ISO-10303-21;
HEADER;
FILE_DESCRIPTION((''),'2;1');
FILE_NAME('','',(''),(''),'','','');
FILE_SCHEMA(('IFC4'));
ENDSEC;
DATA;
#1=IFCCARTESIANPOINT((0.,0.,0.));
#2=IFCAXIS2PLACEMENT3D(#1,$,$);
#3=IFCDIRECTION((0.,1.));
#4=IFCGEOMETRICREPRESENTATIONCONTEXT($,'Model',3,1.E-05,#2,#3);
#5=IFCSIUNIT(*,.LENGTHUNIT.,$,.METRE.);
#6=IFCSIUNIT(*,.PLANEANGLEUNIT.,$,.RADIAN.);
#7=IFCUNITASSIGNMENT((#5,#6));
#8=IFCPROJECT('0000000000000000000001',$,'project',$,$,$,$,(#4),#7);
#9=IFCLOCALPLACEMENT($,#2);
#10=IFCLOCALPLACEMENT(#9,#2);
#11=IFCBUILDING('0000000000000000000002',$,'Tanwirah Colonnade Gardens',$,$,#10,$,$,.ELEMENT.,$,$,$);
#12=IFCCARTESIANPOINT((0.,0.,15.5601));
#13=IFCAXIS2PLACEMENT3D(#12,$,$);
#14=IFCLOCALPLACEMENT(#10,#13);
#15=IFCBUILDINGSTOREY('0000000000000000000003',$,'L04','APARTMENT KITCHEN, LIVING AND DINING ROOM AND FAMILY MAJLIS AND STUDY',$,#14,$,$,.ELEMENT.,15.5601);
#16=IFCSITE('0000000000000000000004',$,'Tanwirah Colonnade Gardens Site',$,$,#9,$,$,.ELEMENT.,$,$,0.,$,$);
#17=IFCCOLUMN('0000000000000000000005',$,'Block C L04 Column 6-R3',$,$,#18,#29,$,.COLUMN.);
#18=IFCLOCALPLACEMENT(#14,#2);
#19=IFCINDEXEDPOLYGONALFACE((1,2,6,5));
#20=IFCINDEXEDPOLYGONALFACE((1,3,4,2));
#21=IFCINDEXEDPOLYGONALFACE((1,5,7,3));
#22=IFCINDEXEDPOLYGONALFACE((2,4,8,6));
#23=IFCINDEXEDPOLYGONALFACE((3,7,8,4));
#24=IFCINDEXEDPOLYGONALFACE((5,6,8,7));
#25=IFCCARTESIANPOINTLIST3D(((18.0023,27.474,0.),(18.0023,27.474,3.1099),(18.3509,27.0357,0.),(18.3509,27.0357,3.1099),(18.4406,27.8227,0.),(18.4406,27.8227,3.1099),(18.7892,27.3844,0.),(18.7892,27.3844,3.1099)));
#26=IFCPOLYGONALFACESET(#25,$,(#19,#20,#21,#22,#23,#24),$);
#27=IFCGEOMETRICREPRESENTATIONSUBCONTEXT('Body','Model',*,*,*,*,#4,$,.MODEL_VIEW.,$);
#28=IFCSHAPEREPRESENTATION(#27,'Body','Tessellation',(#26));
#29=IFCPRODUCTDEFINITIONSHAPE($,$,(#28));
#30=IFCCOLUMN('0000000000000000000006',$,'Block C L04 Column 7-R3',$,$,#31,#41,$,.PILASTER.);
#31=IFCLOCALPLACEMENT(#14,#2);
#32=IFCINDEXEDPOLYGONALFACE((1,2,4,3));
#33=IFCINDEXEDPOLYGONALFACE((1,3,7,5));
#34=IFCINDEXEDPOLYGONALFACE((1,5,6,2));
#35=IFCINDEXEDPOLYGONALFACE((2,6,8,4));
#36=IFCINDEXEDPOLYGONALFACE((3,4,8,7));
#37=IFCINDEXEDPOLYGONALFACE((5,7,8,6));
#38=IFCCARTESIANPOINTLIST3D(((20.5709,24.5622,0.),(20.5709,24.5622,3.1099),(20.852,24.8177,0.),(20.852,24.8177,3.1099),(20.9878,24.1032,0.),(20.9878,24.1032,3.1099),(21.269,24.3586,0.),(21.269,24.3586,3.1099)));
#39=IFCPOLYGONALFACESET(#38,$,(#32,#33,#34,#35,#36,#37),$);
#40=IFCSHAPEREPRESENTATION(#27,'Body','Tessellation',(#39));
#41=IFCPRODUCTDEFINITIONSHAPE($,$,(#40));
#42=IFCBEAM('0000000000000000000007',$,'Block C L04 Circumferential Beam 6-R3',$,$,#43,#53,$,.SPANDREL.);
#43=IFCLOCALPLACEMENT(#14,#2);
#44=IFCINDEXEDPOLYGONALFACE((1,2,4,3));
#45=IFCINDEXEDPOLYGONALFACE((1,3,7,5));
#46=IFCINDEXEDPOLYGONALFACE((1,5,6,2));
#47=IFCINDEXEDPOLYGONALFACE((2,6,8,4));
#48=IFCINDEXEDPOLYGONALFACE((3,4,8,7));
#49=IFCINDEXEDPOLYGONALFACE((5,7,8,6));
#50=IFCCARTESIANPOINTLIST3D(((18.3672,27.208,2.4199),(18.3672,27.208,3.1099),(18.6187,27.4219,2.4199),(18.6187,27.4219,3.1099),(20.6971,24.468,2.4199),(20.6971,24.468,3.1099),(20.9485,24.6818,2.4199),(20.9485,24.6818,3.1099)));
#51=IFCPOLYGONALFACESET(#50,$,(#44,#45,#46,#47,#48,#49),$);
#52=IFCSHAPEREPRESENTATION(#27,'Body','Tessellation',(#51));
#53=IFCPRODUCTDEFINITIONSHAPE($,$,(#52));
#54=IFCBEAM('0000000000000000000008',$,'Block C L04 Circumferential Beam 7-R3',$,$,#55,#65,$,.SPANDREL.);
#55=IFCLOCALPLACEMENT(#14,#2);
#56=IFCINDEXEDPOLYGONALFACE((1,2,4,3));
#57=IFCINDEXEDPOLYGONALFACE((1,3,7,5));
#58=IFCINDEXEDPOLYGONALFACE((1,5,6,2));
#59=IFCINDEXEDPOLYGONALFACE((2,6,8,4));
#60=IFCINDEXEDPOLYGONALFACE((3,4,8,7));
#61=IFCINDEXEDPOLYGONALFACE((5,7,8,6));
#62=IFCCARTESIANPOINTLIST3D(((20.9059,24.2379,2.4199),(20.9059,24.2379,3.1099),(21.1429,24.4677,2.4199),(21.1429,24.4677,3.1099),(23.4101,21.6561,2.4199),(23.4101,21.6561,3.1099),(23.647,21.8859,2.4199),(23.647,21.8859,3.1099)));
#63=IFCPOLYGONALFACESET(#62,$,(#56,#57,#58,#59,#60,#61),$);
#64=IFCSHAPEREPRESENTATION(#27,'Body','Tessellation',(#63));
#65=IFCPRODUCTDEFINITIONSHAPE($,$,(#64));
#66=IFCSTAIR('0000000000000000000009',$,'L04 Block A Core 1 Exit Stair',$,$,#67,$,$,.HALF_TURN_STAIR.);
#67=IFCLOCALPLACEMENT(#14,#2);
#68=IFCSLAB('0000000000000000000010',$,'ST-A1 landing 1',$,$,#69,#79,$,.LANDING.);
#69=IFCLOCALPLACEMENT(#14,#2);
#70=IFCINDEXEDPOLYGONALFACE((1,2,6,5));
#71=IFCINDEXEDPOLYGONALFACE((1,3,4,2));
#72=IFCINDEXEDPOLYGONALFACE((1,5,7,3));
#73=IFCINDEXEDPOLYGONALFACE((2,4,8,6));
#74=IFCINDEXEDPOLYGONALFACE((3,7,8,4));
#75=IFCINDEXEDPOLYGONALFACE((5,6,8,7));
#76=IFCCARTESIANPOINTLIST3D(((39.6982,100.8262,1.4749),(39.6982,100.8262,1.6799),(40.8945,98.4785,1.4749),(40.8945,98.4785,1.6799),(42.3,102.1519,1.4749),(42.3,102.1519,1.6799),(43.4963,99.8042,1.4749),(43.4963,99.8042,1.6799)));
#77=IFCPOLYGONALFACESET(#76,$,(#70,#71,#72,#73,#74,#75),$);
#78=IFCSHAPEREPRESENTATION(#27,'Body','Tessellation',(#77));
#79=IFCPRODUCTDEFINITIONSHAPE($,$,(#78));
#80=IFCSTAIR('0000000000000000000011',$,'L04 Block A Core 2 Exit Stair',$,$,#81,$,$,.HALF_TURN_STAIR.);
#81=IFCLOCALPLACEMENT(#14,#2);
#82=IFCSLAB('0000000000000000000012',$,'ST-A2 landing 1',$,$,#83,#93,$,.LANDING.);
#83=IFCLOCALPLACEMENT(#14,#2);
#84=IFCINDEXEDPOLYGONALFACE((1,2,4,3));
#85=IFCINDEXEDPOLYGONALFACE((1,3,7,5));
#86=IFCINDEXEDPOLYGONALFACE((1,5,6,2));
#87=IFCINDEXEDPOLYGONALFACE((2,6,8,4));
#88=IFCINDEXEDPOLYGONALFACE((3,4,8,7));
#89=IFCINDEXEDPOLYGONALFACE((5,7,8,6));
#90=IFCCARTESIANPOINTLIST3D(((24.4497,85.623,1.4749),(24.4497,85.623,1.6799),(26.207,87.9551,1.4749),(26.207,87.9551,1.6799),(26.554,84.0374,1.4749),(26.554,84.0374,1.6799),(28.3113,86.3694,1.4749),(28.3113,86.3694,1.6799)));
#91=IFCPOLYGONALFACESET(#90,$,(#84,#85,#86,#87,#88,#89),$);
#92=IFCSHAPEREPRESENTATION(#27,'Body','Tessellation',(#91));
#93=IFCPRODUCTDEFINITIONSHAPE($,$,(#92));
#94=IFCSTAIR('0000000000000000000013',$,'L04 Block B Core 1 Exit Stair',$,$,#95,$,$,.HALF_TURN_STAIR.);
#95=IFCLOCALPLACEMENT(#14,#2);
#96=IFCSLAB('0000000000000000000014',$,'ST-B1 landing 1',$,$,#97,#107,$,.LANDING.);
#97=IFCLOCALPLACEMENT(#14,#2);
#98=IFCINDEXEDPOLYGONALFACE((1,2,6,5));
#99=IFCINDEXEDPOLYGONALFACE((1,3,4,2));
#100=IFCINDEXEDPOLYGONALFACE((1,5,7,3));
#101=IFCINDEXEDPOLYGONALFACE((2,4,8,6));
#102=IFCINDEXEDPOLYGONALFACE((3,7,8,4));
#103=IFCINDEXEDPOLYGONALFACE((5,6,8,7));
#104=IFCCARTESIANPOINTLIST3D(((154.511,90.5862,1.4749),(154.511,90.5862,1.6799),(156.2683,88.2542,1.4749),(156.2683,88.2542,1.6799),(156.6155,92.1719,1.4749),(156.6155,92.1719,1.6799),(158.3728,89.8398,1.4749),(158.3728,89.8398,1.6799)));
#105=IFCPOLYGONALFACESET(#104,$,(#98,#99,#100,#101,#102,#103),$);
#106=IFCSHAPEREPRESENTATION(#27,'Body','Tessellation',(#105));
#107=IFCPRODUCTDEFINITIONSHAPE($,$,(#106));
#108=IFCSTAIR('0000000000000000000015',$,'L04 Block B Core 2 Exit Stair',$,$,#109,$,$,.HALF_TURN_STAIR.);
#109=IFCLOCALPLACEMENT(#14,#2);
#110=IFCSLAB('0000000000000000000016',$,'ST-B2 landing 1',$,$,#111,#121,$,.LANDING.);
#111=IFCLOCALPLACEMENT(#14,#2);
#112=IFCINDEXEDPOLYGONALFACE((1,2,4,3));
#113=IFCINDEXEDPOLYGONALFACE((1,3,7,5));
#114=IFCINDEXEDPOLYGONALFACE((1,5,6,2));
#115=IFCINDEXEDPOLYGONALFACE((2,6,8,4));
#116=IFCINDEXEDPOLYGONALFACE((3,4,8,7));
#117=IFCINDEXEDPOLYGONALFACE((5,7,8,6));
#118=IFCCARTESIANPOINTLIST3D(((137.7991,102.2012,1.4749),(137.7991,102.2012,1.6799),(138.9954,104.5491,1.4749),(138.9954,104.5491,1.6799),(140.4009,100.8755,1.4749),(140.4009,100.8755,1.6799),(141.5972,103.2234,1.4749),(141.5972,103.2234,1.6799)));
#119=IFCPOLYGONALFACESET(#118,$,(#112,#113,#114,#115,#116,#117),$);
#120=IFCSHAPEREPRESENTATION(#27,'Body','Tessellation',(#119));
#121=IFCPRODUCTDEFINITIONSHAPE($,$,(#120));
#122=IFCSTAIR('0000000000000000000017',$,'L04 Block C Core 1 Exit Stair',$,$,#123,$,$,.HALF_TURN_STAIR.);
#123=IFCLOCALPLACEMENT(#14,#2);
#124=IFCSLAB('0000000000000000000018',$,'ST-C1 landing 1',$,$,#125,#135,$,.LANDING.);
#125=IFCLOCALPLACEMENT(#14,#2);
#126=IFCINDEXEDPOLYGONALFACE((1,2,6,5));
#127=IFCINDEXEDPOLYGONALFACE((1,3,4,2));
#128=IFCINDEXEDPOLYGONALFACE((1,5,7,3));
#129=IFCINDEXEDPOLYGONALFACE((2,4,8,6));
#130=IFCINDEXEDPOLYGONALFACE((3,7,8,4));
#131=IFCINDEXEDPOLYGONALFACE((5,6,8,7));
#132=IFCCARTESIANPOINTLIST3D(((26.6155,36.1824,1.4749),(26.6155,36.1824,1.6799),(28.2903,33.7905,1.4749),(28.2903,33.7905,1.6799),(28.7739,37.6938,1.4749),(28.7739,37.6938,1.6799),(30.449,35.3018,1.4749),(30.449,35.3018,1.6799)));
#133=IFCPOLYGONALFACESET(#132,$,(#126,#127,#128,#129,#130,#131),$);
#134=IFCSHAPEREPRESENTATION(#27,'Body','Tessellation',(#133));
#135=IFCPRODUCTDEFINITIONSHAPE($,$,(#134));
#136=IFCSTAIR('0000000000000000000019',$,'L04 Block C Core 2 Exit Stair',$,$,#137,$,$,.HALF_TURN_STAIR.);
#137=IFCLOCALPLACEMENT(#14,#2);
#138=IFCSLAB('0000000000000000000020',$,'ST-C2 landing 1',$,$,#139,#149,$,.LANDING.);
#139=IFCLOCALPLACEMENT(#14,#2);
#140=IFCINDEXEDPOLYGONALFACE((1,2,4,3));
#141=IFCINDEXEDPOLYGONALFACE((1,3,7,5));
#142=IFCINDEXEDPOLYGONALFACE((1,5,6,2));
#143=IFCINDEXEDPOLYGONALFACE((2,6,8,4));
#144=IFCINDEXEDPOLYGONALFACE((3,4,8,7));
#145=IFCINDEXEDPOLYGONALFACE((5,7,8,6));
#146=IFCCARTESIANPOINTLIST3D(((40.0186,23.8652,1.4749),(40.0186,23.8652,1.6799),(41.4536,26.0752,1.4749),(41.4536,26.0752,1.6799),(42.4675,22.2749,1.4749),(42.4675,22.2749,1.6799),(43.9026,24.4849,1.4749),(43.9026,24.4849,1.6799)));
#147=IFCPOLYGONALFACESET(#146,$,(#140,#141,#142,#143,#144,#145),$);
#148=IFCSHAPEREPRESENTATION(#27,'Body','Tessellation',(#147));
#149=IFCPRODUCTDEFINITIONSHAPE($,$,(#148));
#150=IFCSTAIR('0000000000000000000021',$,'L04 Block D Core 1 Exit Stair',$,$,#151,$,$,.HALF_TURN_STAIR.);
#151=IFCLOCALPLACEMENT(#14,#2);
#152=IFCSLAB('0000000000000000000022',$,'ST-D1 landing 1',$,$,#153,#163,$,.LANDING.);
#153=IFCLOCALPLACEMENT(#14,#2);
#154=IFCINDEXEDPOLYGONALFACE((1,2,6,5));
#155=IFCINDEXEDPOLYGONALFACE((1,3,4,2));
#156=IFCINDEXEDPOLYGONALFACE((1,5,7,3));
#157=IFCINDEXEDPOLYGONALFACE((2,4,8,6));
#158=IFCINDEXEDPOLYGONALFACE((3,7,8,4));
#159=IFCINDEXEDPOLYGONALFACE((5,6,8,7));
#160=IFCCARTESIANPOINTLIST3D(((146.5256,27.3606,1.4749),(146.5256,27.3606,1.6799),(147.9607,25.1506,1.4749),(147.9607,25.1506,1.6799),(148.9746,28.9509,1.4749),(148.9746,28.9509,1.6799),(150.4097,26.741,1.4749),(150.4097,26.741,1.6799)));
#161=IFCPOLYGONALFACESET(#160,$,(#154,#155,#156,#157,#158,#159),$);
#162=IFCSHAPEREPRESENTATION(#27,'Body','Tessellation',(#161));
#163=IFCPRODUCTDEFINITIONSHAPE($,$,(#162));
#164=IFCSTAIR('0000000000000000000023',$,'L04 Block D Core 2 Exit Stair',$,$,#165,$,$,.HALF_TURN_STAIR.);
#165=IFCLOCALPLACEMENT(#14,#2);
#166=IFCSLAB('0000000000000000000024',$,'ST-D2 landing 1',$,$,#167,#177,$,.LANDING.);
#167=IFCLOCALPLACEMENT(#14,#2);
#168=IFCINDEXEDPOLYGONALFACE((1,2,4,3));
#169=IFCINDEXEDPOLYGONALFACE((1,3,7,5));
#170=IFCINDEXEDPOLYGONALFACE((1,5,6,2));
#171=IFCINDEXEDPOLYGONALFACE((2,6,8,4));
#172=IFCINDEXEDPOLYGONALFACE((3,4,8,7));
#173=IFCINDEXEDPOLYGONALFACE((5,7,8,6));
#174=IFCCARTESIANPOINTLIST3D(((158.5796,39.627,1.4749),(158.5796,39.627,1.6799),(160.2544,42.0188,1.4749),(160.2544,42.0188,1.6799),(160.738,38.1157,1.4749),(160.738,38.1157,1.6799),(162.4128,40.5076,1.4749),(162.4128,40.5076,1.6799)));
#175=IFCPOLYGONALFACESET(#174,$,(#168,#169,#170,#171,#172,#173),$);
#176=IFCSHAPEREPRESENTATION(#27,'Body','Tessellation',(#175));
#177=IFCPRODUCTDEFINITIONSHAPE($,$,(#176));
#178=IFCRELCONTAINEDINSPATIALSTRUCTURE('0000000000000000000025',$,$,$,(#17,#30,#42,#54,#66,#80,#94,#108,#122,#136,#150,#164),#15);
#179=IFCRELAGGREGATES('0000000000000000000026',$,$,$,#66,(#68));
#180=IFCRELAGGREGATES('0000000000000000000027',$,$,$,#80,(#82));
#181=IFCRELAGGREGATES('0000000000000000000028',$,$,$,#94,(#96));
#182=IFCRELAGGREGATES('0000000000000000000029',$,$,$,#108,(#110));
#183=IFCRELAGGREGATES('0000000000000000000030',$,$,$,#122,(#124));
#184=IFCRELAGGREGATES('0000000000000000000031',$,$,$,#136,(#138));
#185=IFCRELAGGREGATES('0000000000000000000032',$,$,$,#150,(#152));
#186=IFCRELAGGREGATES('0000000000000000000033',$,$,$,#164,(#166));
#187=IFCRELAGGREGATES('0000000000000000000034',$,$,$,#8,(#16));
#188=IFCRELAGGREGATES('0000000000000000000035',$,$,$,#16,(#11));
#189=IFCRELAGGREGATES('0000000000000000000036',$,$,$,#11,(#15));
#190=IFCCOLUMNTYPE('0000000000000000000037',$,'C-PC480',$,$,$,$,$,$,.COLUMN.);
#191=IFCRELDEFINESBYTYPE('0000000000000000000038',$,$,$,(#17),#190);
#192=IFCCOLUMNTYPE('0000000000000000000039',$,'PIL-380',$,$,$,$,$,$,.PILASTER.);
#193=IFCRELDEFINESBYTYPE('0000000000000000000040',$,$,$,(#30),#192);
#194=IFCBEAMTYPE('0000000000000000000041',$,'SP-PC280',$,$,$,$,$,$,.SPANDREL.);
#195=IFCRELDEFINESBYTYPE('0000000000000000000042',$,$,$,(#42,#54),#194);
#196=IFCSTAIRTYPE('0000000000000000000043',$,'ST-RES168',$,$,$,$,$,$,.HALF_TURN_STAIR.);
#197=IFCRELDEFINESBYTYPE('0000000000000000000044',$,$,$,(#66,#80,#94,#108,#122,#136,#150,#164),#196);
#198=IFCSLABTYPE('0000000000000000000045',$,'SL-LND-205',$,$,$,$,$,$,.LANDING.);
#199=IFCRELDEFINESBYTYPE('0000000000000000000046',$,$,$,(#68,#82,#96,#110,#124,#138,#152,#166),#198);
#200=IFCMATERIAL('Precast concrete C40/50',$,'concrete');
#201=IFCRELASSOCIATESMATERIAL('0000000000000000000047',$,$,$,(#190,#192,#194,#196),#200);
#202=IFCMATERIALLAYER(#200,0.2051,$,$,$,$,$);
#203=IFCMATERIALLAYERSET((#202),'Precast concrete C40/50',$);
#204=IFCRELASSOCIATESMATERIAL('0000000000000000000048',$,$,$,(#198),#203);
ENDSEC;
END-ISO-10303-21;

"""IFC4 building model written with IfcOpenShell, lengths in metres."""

from ifc_helpers import new_model, si_unit, direction, frame, origin, origin_2d, place, context, subcontext, project, spatial, polyline, rectangle, outline, extrude, material, layer, layer_set, material_profile, profile_set, type_object, element, aggregate, save


model = new_model("IFC4")

# Units and contexts
model_context = context("Model", 3, precision=1e-05, world=origin(), true_north=direction((0.0, 1.0)))
body_context = subcontext(model_context, "Body", "Model", "MODEL_VIEW")
ifc_project = project(units=[si_unit("LENGTHUNIT", "METRE"), si_unit("PLANEANGLEUNIT", "RADIAN")], contexts=[model_context])

# Site, building, storey
site_placement = place(None, origin())
site = spatial("IfcSite", under=ifc_project, at=site_placement, Name="Tanwirah Colonnade Gardens Site", CompositionType="ELEMENT", RefElevation=0.0)
building_placement = place(site_placement, origin())
building = spatial("IfcBuilding", under=site, at=building_placement, Name="Tanwirah Colonnade Gardens", CompositionType="ELEMENT")
storey_placement = place(building_placement, frame((0.0, 0.0, 15.5601)))
storey = spatial("IfcBuildingStorey", under=building, at=storey_placement, Name="L04", Description="APARTMENT KITCHEN, LIVING AND DINING ROOM AND FAMILY MAJLIS AND STUDY", CompositionType="ELEMENT", Elevation=15.5601)

# Columns
ifc_material_1 = material(Name="Precast concrete C40/50", Category="concrete")
ifc_material_profile_1 = material_profile(ifc_material_1, rectangle(XDim=0.5601, YDim=0.5601, at=origin_2d()), Name="PC-COL 560x560")
ifc_profile_set_1 = profile_set([ifc_material_profile_1], Name="Precast concrete C40/50")
column_type_1 = type_object("IfcColumnType", Name="C-PC480", PredefinedType="COLUMN", material=ifc_profile_set_1)
column_1_placement = place(storey_placement, frame((18.3958, 27.4292, 0.0), z_axis=(0.0, 0.0, 1.0), x_axis=(-0.782608, -0.622515, 0.0)))
element("IfcColumn", 1, at=column_1_placement, inside=storey, type_object=column_type_1, Name="Block C L04 Column 6-R3", PredefinedType="COLUMN", context=body_context, shape_type="SweptSolid", body=[
    extrude(rectangle(XDim=0.5601, YDim=0.5601, at=origin_2d()), origin(), (0.0, 0.0, 1.0), 3.1099),
])
ifc_material_profile_2 = material_profile(ifc_material_1, rectangle(XDim=0.3799, YDim=0.6201, at=origin_2d()), Name="PC-PIL 380x620")
ifc_profile_set_2 = profile_set([ifc_material_profile_2], Name="Precast concrete C40/50")
column_type_2 = type_object("IfcColumnType", Name="PIL-380", PredefinedType="PILASTER", material=ifc_profile_set_2)
column_2_placement = place(storey_placement, frame((20.9199, 24.4604, 0.0), z_axis=(0.0, 0.0, 1.0), x_axis=(-0.740218, -0.672367, 0.0)))
element("IfcColumn", 2, at=column_2_placement, inside=storey, type_object=column_type_2, Name="Block C L04 Column 7-R3", PredefinedType="PILASTER", context=body_context, shape_type="SweptSolid", body=[
    extrude(rectangle(XDim=0.3799, YDim=0.6201, at=origin_2d()), origin(), (0.0, 0.0, 1.0), 3.1099),
])

# Beams
ifc_material_profile_3 = material_profile(ifc_material_1, rectangle(XDim=0.3301, YDim=0.6899, at=origin_2d()), Name="PC-SP 330x690")
ifc_profile_set_3 = profile_set([ifc_material_profile_3], Name="Precast concrete C40/50")
beam_type = type_object("IfcBeamType", Name="SP-PC280", PredefinedType="SPANDREL", material=ifc_profile_set_3)
for number, where, z_axis, x_axis, name in (
    (3, (18.4929, 27.3149, 2.7649), (0.647784, -0.761824, 0.0), (0.761824, 0.647784, 0.0), "Block C L04 Circumferential Beam 6-R3"),
    (4, (21.0244, 24.3528, 2.7649), (0.696232, -0.717817, 0.0), (0.717817, 0.696232, 0.0), "Block C L04 Circumferential Beam 7-R3"),
):
    element("IfcBeam", number, at=place(storey_placement, frame(where, z_axis=z_axis, x_axis=x_axis)), inside=storey, type_object=beam_type, Name=name, PredefinedType="SPANDREL", context=body_context, shape_type="SweptSolid", body=[
        extrude(rectangle(XDim=0.3301, YDim=0.6899, at=origin_2d()), origin(), (0.0, 0.0, 1.0), 3.5967),
    ])

# Stairs, slabs
stair_type = type_object("IfcStairType", Name="ST-RES168", PredefinedType="HALF_TURN_STAIR", material=ifc_material_1)
stair_1_placement = place(storey_placement, origin())
stair_1 = element("IfcStair", 5, at=stair_1_placement, inside=storey, type_object=stair_type, Name="L04 Block A Core 1 Exit Stair", PredefinedType="HALF_TURN_STAIR")
ifc_layer_1 = layer(ifc_material_1, 0.2051)
ifc_layer_set_1 = layer_set([ifc_layer_1], Name="Precast concrete C40/50")
slab_type_1 = type_object("IfcSlabType", Name="SL-LND-205", PredefinedType="LANDING", material=ifc_layer_set_1)
slab_1_placement = place(storey_placement, frame((0.0, 0.0, 1.4749)))
slab_1 = element("IfcSlab", 6, at=slab_1_placement, type_object=slab_type_1, Name="ST-A1 landing 1", PredefinedType="LANDING", context=body_context, shape_type="SweptSolid", body=[
    extrude(outline(polyline([(39.6982, 100.8262), (40.8945, 98.4785), (43.4963, 99.8042), (42.3, 102.1519), (39.6982, 100.8262)])), origin(), (0.0, 0.0, 1.0), 0.2051),
])
aggregate(stair_1, [slab_1])
stair_2_placement = place(storey_placement, origin())
stair_2 = element("IfcStair", 7, at=stair_2_placement, inside=storey, type_object=stair_type, Name="L04 Block A Core 2 Exit Stair", PredefinedType="HALF_TURN_STAIR")
slab_2_placement = place(storey_placement, frame((0.0, 0.0, 1.4749)))
slab_2 = element("IfcSlab", 8, at=slab_2_placement, type_object=slab_type_1, Name="ST-A2 landing 1", PredefinedType="LANDING", context=body_context, shape_type="SweptSolid", body=[
    extrude(outline(polyline([(24.4497, 85.623), (26.554, 84.0374), (28.3113, 86.3694), (26.207, 87.9551), (24.4497, 85.623)])), origin(), (0.0, 0.0, 1.0), 0.2051),
])
aggregate(stair_2, [slab_2])
stair_3_placement = place(storey_placement, origin())
stair_3 = element("IfcStair", 9, at=stair_3_placement, inside=storey, type_object=stair_type, Name="L04 Block B Core 1 Exit Stair", PredefinedType="HALF_TURN_STAIR")
slab_3_placement = place(storey_placement, frame((0.0, 0.0, 1.4749)))
slab_3 = element("IfcSlab", 10, at=slab_3_placement, type_object=slab_type_1, Name="ST-B1 landing 1", PredefinedType="LANDING", context=body_context, shape_type="SweptSolid", body=[
    extrude(outline(polyline([(156.6155, 92.1719), (154.511, 90.5862), (156.2683, 88.2542), (158.3728, 89.8398), (156.6155, 92.1719)])), origin(), (0.0, 0.0, 1.0), 0.2051),
])
aggregate(stair_3, [slab_3])
stair_4_placement = place(storey_placement, origin())
stair_4 = element("IfcStair", 11, at=stair_4_placement, inside=storey, type_object=stair_type, Name="L04 Block B Core 2 Exit Stair", PredefinedType="HALF_TURN_STAIR")
slab_4_placement = place(storey_placement, frame((0.0, 0.0, 1.4749)))
slab_4 = element("IfcSlab", 12, at=slab_4_placement, type_object=slab_type_1, Name="ST-B2 landing 1", PredefinedType="LANDING", context=body_context, shape_type="SweptSolid", body=[
    extrude(outline(polyline([(138.9954, 104.5491), (137.7991, 102.2012), (140.4009, 100.8755), (141.5972, 103.2234), (138.9954, 104.5491)])), origin(), (0.0, 0.0, 1.0), 0.2051),
])
aggregate(stair_4, [slab_4])
stair_5_placement = place(storey_placement, origin())
stair_5 = element("IfcStair", 13, at=stair_5_placement, inside=storey, type_object=stair_type, Name="L04 Block C Core 1 Exit Stair", PredefinedType="HALF_TURN_STAIR")
slab_5_placement = place(storey_placement, frame((0.0, 0.0, 1.4749)))
slab_5 = element("IfcSlab", 14, at=slab_5_placement, type_object=slab_type_1, Name="ST-C1 landing 1", PredefinedType="LANDING", context=body_context, shape_type="SweptSolid", body=[
    extrude(outline(polyline([(28.2903, 33.7905), (30.449, 35.3018), (28.7739, 37.6938), (26.6155, 36.1824), (28.2903, 33.7905)])), origin(), (0.0, 0.0, 1.0), 0.2051),
])
aggregate(stair_5, [slab_5])
stair_6_placement = place(storey_placement, origin())
stair_6 = element("IfcStair", 15, at=stair_6_placement, inside=storey, type_object=stair_type, Name="L04 Block C Core 2 Exit Stair", PredefinedType="HALF_TURN_STAIR")
slab_6_placement = place(storey_placement, frame((0.0, 0.0, 1.4749)))
slab_6 = element("IfcSlab", 16, at=slab_6_placement, type_object=slab_type_1, Name="ST-C2 landing 1", PredefinedType="LANDING", context=body_context, shape_type="SweptSolid", body=[
    extrude(outline(polyline([(42.4675, 22.2749), (43.9026, 24.4849), (41.4536, 26.0752), (40.0186, 23.8652), (42.4675, 22.2749)])), origin(), (0.0, 0.0, 1.0), 0.2051),
])
aggregate(stair_6, [slab_6])
stair_7_placement = place(storey_placement, origin())
stair_7 = element("IfcStair", 17, at=stair_7_placement, inside=storey, type_object=stair_type, Name="L04 Block D Core 1 Exit Stair", PredefinedType="HALF_TURN_STAIR")
slab_7_placement = place(storey_placement, frame((0.0, 0.0, 1.4749)))
slab_7 = element("IfcSlab", 18, at=slab_7_placement, type_object=slab_type_1, Name="ST-D1 landing 1", PredefinedType="LANDING", context=body_context, shape_type="SweptSolid", body=[
    extrude(outline(polyline([(150.4097, 26.741), (148.9746, 28.9509), (146.5256, 27.3606), (147.9607, 25.1506), (150.4097, 26.741)])), origin(), (0.0, 0.0, 1.0), 0.2051),
])
aggregate(stair_7, [slab_7])
stair_8_placement = place(storey_placement, origin())
stair_8 = element("IfcStair", 19, at=stair_8_placement, inside=storey, type_object=stair_type, Name="L04 Block D Core 2 Exit Stair", PredefinedType="HALF_TURN_STAIR")
slab_8_placement = place(storey_placement, frame((0.0, 0.0, 1.4749)))
slab_8 = element("IfcSlab", 20, at=slab_8_placement, type_object=slab_type_1, Name="ST-D2 landing 1", PredefinedType="LANDING", context=body_context, shape_type="SweptSolid", body=[
    extrude(outline(polyline([(162.4128, 40.5076), (160.2544, 42.0188), (158.5796, 39.627), (160.738, 38.1157), (162.4128, 40.5076)])), origin(), (0.0, 0.0, 1.0), 0.2051),
])
aggregate(stair_8, [slab_8])

save(model, "model.ifc")
